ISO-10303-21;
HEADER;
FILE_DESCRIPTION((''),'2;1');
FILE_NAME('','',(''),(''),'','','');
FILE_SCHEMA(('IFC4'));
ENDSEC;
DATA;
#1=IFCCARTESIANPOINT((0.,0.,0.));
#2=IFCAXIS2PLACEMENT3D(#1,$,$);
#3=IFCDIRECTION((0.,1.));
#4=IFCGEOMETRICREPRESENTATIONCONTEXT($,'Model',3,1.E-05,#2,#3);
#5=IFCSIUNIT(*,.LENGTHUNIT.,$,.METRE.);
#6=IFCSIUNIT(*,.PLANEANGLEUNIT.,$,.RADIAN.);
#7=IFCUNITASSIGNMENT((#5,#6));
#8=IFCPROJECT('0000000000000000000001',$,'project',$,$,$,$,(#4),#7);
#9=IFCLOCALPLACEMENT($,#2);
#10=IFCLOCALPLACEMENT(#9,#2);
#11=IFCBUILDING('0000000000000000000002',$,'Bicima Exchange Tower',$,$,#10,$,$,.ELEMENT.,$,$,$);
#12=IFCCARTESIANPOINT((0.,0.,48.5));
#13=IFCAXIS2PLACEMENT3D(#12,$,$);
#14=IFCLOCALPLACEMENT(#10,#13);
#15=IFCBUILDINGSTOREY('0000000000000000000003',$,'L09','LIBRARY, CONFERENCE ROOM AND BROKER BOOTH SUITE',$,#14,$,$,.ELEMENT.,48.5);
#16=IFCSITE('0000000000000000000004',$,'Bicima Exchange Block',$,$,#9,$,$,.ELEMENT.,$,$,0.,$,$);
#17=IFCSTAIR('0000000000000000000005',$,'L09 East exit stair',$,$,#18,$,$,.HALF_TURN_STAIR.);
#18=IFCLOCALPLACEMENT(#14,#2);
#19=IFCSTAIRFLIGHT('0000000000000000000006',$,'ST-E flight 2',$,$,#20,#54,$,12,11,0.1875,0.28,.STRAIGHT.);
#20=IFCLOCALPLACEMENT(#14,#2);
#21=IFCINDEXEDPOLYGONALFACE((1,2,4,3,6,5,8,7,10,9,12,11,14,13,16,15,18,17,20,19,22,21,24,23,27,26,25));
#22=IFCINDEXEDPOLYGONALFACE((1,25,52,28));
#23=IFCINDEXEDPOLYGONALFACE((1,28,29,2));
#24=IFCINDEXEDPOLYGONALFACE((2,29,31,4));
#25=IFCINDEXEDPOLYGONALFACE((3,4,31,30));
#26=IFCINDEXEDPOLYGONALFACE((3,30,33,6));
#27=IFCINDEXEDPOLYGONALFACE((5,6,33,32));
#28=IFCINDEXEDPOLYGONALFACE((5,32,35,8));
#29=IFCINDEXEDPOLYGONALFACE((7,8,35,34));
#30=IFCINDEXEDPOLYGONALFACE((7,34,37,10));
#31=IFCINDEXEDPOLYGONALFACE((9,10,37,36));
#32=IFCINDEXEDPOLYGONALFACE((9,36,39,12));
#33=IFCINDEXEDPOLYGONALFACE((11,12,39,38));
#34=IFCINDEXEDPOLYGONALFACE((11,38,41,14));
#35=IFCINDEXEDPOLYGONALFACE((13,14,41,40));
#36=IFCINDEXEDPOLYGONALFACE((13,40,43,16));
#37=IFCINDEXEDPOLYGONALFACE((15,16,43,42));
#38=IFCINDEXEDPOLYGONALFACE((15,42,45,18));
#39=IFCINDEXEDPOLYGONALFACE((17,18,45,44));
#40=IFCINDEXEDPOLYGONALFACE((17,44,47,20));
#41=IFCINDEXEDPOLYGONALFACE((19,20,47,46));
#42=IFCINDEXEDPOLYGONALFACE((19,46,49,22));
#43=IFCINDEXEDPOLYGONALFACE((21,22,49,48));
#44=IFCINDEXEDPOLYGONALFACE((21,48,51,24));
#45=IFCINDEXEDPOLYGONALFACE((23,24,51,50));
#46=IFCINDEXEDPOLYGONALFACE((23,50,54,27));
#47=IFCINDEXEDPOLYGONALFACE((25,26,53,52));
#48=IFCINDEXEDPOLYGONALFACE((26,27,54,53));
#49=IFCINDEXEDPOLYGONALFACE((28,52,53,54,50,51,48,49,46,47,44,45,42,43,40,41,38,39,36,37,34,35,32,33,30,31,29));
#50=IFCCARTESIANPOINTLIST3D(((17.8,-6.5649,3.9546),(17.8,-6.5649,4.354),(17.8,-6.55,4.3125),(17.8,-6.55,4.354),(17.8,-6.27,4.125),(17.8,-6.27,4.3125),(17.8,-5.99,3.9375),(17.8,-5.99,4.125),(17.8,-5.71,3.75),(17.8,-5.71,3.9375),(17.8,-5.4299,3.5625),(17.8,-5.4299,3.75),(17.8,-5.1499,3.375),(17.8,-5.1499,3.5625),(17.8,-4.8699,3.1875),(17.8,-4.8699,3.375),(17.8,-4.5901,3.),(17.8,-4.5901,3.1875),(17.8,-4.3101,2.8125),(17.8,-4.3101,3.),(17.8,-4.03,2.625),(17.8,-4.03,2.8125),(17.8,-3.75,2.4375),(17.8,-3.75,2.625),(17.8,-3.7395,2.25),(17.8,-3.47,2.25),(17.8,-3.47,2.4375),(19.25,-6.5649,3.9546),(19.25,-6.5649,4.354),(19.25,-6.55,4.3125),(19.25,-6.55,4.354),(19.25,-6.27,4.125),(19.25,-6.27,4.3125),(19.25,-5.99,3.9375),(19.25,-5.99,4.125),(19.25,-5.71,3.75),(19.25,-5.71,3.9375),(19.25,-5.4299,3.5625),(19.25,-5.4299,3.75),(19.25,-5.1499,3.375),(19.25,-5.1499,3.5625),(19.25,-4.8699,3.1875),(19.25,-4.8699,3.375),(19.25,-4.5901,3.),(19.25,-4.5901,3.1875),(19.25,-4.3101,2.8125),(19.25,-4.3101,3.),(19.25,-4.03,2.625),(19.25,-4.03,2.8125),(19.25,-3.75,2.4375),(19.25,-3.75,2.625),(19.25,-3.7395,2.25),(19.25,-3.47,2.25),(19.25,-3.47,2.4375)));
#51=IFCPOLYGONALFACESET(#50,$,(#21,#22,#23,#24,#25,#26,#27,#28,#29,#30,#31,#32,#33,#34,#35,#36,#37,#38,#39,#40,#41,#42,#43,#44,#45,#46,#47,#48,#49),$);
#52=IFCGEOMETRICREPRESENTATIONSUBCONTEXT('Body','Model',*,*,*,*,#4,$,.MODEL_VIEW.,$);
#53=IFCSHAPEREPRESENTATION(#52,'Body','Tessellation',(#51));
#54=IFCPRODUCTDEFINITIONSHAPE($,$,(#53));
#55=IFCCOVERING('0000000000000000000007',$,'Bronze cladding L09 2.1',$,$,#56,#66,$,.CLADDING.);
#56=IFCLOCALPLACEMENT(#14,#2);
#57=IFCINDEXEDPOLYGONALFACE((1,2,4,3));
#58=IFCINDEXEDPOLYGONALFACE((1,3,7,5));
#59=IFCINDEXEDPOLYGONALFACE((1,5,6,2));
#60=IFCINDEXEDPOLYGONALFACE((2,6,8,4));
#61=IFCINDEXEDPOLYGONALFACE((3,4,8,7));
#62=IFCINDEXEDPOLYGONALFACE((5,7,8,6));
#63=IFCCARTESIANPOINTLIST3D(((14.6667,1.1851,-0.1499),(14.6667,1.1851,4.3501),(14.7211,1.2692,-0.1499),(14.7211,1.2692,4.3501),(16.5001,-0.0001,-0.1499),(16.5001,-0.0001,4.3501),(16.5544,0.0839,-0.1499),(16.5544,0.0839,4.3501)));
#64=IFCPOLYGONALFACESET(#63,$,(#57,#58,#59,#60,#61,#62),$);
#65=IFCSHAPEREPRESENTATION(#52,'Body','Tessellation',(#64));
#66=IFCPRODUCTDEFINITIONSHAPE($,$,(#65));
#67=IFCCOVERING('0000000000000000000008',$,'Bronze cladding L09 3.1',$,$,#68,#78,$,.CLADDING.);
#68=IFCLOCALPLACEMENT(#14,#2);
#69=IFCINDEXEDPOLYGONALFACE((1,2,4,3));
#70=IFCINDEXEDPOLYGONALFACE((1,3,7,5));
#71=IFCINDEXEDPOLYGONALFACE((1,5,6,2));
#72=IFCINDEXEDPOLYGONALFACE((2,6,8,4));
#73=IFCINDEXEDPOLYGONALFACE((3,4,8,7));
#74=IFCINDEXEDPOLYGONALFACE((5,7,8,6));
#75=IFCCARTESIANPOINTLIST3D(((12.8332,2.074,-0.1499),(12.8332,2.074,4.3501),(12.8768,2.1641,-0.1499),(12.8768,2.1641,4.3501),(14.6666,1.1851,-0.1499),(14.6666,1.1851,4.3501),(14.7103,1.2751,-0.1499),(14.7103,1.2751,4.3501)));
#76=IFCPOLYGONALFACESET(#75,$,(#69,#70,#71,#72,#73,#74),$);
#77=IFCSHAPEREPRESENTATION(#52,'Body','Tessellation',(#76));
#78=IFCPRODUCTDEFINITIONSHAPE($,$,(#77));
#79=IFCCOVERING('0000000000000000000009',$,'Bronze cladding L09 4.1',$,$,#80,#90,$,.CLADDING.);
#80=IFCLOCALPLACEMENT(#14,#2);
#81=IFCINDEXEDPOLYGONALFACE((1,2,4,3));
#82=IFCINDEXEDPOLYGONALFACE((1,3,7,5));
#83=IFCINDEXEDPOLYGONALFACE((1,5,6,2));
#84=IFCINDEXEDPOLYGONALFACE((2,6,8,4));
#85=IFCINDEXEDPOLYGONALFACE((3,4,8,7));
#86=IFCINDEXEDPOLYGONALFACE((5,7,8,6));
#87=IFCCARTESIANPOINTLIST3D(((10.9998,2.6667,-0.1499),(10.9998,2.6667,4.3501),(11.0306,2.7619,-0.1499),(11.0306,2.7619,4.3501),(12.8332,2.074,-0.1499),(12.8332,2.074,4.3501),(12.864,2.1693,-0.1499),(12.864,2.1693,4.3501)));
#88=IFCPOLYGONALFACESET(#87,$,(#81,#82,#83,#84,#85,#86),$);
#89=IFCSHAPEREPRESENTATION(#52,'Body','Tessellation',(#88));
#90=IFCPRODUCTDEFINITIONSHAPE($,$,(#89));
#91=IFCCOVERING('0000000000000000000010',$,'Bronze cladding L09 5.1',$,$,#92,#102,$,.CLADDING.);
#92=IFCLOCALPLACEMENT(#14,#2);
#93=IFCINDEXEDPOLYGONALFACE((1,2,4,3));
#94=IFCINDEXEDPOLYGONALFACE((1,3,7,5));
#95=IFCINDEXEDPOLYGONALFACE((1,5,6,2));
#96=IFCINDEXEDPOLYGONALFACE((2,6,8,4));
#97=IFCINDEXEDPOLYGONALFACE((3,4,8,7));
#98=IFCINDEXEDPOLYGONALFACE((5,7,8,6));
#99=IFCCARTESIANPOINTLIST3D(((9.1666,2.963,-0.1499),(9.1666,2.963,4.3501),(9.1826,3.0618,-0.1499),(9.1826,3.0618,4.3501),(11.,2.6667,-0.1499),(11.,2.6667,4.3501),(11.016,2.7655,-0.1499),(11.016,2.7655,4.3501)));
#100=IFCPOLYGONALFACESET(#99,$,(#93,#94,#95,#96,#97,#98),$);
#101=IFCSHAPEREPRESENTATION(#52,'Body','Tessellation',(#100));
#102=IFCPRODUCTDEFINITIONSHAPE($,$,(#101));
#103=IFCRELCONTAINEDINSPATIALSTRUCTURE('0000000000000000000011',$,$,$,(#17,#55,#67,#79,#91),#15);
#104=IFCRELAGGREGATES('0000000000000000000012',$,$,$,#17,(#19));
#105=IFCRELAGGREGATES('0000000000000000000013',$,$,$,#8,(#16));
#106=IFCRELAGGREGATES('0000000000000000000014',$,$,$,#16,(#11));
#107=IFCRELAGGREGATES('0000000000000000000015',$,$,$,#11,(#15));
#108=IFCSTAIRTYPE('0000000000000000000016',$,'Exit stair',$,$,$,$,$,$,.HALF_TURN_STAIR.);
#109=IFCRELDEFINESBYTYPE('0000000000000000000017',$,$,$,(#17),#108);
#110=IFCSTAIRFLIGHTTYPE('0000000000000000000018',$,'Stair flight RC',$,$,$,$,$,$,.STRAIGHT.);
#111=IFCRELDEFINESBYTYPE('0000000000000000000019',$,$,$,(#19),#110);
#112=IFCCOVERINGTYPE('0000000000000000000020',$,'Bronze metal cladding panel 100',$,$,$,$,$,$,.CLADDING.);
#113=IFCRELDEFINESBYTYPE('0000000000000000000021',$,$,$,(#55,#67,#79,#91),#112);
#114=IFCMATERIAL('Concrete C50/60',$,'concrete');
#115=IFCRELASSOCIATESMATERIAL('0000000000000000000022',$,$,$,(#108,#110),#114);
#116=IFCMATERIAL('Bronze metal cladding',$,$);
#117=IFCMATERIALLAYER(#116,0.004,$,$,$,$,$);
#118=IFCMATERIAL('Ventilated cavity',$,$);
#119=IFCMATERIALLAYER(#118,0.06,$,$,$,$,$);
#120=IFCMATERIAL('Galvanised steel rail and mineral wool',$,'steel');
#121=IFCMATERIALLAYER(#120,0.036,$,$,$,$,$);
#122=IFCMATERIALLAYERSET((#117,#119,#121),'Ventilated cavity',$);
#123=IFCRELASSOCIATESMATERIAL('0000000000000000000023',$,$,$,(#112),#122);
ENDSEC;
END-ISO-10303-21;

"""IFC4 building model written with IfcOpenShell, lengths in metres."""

from ifc_helpers import new_model, si_unit, direction, frame, origin, origin_2d, place, context, subcontext, project, spatial, polyline, rectangle, outline, extrude, material, layer, layer_set, type_object, element, aggregate, save


model = new_model("IFC4")

# Units and contexts
model_context = context("Model", 3, precision=1e-05, world=origin(), true_north=direction((0.0, 1.0)))
body_context = subcontext(model_context, "Body", "Model", "MODEL_VIEW")
ifc_project = project(units=[si_unit("LENGTHUNIT", "METRE"), si_unit("PLANEANGLEUNIT", "RADIAN")], contexts=[model_context])

# Site, building, storey
site_placement = place(None, origin())
site = spatial("IfcSite", under=ifc_project, at=site_placement, Name="Bicima Exchange Block", CompositionType="ELEMENT", RefElevation=0.0)
building_placement = place(site_placement, origin())
building = spatial("IfcBuilding", under=site, at=building_placement, Name="Bicima Exchange Tower", CompositionType="ELEMENT")
storey_placement = place(building_placement, frame((0.0, 0.0, 48.5)))
storey = spatial("IfcBuildingStorey", under=building, at=storey_placement, Name="L09", Description="LIBRARY, CONFERENCE ROOM AND BROKER BOOTH SUITE", CompositionType="ELEMENT", Elevation=48.5)

# Shared definitions
ifc_material_1 = material(Name="Concrete C50/60", Category="concrete")

# Stair, stair flight
stair_type = type_object("IfcStairType", Name="Exit stair", PredefinedType="HALF_TURN_STAIR", material=ifc_material_1)
stair_placement = place(storey_placement, origin())
stair = element("IfcStair", 1, at=stair_placement, inside=storey, type_object=stair_type, Name="L09 East exit stair", PredefinedType="HALF_TURN_STAIR")
stair_flight_type = type_object("IfcStairFlightType", Name="Stair flight RC", PredefinedType="STRAIGHT", material=ifc_material_1)
stair_flight_placement = place(storey_placement, frame((18.5249, -3.47, 2.25), z_axis=(0.0, 0.0, 1.0), x_axis=(0.0, -1.0, 0.0)))
stair_flight = element("IfcStairFlight", 2, at=stair_flight_placement, type_object=stair_flight_type, Name="ST-E flight 2", NumberOfRisers=12, NumberOfTreads=11, PredefinedType="STRAIGHT", RiserHeight=0.1875, TreadLength=0.28, context=body_context, shape_type="SweptSolid", body=[
    extrude(outline(polyline([(0.0, 0.0), (0.0, 0.1875), (0.28, 0.1875), (0.28, 0.375), (0.5601, 0.375), (0.5601, 0.5625), (0.8401, 0.5625), (0.8401, 0.75), (1.1201, 0.75), (1.1201, 0.9375), (1.3999, 0.9375), (1.3999, 1.125), (1.6799, 1.125), (1.6799, 1.3125), (1.96, 1.3125), (1.96, 1.5), (2.24, 1.5), (2.24, 1.6875), (2.52, 1.6875), (2.52, 1.875), (2.8, 1.875), (2.8, 2.0625), (3.0801, 2.0625), (3.0801, 2.104), (3.095, 2.104), (3.095, 1.7046), (0.2695, 0.0), (0.0, 0.0)])), frame((0.0, 0.7251, 0.0), z_axis=(0.0, -1.0, 0.0), x_axis=(1.0, 0.0, 0.0)), (0.0, 0.0, 1.0), 1.45),
])
aggregate(stair, [stair_flight])

# Coverings
ifc_material_2 = material(Name="Bronze metal cladding")
ifc_layer_1 = layer(ifc_material_2, 0.004)
ifc_material_3 = material(Name="Ventilated cavity")
ifc_layer_2 = layer(ifc_material_3, 0.06)
ifc_material_4 = material(Name="Galvanised steel rail and mineral wool", Category="steel")
ifc_layer_3 = layer(ifc_material_4, 0.036)
ifc_layer_set_1 = layer_set([ifc_layer_1, ifc_layer_2, ifc_layer_3], Name="Ventilated cavity")
covering_type = type_object("IfcCoveringType", Name="Bronze metal cladding panel 100", PredefinedType="CLADDING", material=ifc_layer_set_1)
covering_1_placement = place(storey_placement, frame((15.6106, 0.6345, -0.1499), z_axis=(0.0, 0.0, 1.0), x_axis=(-0.83979, 0.542911, 0.0)))
element("IfcCovering", 3, at=covering_1_placement, inside=storey, type_object=covering_type, Name="Bronze cladding L09 2.1", PredefinedType="CLADDING", context=body_context, shape_type="SweptSolid", body=[
    extrude(rectangle(XDim=2.1831, YDim=0.1001, at=origin_2d()), origin(), (0.0, 0.0, 1.0), 4.5),
])
covering_2_placement = place(storey_placement, frame((13.7717, 1.6746, -0.1499), z_axis=(0.0, 0.0, 1.0), x_axis=(-0.899818, 0.436265, 0.0)))
element("IfcCovering", 4, at=covering_2_placement, inside=storey, type_object=covering_type, Name="Bronze cladding L09 3.1", PredefinedType="CLADDING", context=body_context, shape_type="SweptSolid", body=[
    extrude(rectangle(XDim=2.0376, YDim=0.1001, at=origin_2d()), origin(), (0.0, 0.0, 1.0), 4.5),
])
covering_3_placement = place(storey_placement, frame((11.9319, 2.418, -0.1499), z_axis=(0.0, 0.0, 1.0), x_axis=(-0.951525, 0.307573, 0.0)))
element("IfcCovering", 5, at=covering_3_placement, inside=storey, type_object=covering_type, Name="Bronze cladding L09 4.1", PredefinedType="CLADDING", context=body_context, shape_type="SweptSolid", body=[
    extrude(rectangle(XDim=1.9268, YDim=0.1001, at=origin_2d()), origin(), (0.0, 0.0, 1.0), 4.5),
])
covering_4_placement = place(storey_placement, frame((10.0913, 2.8643, -0.1499), z_axis=(0.0, 0.0, 1.0), x_axis=(-0.98719, 0.15955, 0.0)))
element("IfcCovering", 6, at=covering_4_placement, inside=storey, type_object=covering_type, Name="Bronze cladding L09 5.1", PredefinedType="CLADDING", context=body_context, shape_type="SweptSolid", body=[
    extrude(rectangle(XDim=1.8572, YDim=0.1001, at=origin_2d()), origin(), (0.0, 0.0, 1.0), 4.5),
])

save(model, "model.ifc")
